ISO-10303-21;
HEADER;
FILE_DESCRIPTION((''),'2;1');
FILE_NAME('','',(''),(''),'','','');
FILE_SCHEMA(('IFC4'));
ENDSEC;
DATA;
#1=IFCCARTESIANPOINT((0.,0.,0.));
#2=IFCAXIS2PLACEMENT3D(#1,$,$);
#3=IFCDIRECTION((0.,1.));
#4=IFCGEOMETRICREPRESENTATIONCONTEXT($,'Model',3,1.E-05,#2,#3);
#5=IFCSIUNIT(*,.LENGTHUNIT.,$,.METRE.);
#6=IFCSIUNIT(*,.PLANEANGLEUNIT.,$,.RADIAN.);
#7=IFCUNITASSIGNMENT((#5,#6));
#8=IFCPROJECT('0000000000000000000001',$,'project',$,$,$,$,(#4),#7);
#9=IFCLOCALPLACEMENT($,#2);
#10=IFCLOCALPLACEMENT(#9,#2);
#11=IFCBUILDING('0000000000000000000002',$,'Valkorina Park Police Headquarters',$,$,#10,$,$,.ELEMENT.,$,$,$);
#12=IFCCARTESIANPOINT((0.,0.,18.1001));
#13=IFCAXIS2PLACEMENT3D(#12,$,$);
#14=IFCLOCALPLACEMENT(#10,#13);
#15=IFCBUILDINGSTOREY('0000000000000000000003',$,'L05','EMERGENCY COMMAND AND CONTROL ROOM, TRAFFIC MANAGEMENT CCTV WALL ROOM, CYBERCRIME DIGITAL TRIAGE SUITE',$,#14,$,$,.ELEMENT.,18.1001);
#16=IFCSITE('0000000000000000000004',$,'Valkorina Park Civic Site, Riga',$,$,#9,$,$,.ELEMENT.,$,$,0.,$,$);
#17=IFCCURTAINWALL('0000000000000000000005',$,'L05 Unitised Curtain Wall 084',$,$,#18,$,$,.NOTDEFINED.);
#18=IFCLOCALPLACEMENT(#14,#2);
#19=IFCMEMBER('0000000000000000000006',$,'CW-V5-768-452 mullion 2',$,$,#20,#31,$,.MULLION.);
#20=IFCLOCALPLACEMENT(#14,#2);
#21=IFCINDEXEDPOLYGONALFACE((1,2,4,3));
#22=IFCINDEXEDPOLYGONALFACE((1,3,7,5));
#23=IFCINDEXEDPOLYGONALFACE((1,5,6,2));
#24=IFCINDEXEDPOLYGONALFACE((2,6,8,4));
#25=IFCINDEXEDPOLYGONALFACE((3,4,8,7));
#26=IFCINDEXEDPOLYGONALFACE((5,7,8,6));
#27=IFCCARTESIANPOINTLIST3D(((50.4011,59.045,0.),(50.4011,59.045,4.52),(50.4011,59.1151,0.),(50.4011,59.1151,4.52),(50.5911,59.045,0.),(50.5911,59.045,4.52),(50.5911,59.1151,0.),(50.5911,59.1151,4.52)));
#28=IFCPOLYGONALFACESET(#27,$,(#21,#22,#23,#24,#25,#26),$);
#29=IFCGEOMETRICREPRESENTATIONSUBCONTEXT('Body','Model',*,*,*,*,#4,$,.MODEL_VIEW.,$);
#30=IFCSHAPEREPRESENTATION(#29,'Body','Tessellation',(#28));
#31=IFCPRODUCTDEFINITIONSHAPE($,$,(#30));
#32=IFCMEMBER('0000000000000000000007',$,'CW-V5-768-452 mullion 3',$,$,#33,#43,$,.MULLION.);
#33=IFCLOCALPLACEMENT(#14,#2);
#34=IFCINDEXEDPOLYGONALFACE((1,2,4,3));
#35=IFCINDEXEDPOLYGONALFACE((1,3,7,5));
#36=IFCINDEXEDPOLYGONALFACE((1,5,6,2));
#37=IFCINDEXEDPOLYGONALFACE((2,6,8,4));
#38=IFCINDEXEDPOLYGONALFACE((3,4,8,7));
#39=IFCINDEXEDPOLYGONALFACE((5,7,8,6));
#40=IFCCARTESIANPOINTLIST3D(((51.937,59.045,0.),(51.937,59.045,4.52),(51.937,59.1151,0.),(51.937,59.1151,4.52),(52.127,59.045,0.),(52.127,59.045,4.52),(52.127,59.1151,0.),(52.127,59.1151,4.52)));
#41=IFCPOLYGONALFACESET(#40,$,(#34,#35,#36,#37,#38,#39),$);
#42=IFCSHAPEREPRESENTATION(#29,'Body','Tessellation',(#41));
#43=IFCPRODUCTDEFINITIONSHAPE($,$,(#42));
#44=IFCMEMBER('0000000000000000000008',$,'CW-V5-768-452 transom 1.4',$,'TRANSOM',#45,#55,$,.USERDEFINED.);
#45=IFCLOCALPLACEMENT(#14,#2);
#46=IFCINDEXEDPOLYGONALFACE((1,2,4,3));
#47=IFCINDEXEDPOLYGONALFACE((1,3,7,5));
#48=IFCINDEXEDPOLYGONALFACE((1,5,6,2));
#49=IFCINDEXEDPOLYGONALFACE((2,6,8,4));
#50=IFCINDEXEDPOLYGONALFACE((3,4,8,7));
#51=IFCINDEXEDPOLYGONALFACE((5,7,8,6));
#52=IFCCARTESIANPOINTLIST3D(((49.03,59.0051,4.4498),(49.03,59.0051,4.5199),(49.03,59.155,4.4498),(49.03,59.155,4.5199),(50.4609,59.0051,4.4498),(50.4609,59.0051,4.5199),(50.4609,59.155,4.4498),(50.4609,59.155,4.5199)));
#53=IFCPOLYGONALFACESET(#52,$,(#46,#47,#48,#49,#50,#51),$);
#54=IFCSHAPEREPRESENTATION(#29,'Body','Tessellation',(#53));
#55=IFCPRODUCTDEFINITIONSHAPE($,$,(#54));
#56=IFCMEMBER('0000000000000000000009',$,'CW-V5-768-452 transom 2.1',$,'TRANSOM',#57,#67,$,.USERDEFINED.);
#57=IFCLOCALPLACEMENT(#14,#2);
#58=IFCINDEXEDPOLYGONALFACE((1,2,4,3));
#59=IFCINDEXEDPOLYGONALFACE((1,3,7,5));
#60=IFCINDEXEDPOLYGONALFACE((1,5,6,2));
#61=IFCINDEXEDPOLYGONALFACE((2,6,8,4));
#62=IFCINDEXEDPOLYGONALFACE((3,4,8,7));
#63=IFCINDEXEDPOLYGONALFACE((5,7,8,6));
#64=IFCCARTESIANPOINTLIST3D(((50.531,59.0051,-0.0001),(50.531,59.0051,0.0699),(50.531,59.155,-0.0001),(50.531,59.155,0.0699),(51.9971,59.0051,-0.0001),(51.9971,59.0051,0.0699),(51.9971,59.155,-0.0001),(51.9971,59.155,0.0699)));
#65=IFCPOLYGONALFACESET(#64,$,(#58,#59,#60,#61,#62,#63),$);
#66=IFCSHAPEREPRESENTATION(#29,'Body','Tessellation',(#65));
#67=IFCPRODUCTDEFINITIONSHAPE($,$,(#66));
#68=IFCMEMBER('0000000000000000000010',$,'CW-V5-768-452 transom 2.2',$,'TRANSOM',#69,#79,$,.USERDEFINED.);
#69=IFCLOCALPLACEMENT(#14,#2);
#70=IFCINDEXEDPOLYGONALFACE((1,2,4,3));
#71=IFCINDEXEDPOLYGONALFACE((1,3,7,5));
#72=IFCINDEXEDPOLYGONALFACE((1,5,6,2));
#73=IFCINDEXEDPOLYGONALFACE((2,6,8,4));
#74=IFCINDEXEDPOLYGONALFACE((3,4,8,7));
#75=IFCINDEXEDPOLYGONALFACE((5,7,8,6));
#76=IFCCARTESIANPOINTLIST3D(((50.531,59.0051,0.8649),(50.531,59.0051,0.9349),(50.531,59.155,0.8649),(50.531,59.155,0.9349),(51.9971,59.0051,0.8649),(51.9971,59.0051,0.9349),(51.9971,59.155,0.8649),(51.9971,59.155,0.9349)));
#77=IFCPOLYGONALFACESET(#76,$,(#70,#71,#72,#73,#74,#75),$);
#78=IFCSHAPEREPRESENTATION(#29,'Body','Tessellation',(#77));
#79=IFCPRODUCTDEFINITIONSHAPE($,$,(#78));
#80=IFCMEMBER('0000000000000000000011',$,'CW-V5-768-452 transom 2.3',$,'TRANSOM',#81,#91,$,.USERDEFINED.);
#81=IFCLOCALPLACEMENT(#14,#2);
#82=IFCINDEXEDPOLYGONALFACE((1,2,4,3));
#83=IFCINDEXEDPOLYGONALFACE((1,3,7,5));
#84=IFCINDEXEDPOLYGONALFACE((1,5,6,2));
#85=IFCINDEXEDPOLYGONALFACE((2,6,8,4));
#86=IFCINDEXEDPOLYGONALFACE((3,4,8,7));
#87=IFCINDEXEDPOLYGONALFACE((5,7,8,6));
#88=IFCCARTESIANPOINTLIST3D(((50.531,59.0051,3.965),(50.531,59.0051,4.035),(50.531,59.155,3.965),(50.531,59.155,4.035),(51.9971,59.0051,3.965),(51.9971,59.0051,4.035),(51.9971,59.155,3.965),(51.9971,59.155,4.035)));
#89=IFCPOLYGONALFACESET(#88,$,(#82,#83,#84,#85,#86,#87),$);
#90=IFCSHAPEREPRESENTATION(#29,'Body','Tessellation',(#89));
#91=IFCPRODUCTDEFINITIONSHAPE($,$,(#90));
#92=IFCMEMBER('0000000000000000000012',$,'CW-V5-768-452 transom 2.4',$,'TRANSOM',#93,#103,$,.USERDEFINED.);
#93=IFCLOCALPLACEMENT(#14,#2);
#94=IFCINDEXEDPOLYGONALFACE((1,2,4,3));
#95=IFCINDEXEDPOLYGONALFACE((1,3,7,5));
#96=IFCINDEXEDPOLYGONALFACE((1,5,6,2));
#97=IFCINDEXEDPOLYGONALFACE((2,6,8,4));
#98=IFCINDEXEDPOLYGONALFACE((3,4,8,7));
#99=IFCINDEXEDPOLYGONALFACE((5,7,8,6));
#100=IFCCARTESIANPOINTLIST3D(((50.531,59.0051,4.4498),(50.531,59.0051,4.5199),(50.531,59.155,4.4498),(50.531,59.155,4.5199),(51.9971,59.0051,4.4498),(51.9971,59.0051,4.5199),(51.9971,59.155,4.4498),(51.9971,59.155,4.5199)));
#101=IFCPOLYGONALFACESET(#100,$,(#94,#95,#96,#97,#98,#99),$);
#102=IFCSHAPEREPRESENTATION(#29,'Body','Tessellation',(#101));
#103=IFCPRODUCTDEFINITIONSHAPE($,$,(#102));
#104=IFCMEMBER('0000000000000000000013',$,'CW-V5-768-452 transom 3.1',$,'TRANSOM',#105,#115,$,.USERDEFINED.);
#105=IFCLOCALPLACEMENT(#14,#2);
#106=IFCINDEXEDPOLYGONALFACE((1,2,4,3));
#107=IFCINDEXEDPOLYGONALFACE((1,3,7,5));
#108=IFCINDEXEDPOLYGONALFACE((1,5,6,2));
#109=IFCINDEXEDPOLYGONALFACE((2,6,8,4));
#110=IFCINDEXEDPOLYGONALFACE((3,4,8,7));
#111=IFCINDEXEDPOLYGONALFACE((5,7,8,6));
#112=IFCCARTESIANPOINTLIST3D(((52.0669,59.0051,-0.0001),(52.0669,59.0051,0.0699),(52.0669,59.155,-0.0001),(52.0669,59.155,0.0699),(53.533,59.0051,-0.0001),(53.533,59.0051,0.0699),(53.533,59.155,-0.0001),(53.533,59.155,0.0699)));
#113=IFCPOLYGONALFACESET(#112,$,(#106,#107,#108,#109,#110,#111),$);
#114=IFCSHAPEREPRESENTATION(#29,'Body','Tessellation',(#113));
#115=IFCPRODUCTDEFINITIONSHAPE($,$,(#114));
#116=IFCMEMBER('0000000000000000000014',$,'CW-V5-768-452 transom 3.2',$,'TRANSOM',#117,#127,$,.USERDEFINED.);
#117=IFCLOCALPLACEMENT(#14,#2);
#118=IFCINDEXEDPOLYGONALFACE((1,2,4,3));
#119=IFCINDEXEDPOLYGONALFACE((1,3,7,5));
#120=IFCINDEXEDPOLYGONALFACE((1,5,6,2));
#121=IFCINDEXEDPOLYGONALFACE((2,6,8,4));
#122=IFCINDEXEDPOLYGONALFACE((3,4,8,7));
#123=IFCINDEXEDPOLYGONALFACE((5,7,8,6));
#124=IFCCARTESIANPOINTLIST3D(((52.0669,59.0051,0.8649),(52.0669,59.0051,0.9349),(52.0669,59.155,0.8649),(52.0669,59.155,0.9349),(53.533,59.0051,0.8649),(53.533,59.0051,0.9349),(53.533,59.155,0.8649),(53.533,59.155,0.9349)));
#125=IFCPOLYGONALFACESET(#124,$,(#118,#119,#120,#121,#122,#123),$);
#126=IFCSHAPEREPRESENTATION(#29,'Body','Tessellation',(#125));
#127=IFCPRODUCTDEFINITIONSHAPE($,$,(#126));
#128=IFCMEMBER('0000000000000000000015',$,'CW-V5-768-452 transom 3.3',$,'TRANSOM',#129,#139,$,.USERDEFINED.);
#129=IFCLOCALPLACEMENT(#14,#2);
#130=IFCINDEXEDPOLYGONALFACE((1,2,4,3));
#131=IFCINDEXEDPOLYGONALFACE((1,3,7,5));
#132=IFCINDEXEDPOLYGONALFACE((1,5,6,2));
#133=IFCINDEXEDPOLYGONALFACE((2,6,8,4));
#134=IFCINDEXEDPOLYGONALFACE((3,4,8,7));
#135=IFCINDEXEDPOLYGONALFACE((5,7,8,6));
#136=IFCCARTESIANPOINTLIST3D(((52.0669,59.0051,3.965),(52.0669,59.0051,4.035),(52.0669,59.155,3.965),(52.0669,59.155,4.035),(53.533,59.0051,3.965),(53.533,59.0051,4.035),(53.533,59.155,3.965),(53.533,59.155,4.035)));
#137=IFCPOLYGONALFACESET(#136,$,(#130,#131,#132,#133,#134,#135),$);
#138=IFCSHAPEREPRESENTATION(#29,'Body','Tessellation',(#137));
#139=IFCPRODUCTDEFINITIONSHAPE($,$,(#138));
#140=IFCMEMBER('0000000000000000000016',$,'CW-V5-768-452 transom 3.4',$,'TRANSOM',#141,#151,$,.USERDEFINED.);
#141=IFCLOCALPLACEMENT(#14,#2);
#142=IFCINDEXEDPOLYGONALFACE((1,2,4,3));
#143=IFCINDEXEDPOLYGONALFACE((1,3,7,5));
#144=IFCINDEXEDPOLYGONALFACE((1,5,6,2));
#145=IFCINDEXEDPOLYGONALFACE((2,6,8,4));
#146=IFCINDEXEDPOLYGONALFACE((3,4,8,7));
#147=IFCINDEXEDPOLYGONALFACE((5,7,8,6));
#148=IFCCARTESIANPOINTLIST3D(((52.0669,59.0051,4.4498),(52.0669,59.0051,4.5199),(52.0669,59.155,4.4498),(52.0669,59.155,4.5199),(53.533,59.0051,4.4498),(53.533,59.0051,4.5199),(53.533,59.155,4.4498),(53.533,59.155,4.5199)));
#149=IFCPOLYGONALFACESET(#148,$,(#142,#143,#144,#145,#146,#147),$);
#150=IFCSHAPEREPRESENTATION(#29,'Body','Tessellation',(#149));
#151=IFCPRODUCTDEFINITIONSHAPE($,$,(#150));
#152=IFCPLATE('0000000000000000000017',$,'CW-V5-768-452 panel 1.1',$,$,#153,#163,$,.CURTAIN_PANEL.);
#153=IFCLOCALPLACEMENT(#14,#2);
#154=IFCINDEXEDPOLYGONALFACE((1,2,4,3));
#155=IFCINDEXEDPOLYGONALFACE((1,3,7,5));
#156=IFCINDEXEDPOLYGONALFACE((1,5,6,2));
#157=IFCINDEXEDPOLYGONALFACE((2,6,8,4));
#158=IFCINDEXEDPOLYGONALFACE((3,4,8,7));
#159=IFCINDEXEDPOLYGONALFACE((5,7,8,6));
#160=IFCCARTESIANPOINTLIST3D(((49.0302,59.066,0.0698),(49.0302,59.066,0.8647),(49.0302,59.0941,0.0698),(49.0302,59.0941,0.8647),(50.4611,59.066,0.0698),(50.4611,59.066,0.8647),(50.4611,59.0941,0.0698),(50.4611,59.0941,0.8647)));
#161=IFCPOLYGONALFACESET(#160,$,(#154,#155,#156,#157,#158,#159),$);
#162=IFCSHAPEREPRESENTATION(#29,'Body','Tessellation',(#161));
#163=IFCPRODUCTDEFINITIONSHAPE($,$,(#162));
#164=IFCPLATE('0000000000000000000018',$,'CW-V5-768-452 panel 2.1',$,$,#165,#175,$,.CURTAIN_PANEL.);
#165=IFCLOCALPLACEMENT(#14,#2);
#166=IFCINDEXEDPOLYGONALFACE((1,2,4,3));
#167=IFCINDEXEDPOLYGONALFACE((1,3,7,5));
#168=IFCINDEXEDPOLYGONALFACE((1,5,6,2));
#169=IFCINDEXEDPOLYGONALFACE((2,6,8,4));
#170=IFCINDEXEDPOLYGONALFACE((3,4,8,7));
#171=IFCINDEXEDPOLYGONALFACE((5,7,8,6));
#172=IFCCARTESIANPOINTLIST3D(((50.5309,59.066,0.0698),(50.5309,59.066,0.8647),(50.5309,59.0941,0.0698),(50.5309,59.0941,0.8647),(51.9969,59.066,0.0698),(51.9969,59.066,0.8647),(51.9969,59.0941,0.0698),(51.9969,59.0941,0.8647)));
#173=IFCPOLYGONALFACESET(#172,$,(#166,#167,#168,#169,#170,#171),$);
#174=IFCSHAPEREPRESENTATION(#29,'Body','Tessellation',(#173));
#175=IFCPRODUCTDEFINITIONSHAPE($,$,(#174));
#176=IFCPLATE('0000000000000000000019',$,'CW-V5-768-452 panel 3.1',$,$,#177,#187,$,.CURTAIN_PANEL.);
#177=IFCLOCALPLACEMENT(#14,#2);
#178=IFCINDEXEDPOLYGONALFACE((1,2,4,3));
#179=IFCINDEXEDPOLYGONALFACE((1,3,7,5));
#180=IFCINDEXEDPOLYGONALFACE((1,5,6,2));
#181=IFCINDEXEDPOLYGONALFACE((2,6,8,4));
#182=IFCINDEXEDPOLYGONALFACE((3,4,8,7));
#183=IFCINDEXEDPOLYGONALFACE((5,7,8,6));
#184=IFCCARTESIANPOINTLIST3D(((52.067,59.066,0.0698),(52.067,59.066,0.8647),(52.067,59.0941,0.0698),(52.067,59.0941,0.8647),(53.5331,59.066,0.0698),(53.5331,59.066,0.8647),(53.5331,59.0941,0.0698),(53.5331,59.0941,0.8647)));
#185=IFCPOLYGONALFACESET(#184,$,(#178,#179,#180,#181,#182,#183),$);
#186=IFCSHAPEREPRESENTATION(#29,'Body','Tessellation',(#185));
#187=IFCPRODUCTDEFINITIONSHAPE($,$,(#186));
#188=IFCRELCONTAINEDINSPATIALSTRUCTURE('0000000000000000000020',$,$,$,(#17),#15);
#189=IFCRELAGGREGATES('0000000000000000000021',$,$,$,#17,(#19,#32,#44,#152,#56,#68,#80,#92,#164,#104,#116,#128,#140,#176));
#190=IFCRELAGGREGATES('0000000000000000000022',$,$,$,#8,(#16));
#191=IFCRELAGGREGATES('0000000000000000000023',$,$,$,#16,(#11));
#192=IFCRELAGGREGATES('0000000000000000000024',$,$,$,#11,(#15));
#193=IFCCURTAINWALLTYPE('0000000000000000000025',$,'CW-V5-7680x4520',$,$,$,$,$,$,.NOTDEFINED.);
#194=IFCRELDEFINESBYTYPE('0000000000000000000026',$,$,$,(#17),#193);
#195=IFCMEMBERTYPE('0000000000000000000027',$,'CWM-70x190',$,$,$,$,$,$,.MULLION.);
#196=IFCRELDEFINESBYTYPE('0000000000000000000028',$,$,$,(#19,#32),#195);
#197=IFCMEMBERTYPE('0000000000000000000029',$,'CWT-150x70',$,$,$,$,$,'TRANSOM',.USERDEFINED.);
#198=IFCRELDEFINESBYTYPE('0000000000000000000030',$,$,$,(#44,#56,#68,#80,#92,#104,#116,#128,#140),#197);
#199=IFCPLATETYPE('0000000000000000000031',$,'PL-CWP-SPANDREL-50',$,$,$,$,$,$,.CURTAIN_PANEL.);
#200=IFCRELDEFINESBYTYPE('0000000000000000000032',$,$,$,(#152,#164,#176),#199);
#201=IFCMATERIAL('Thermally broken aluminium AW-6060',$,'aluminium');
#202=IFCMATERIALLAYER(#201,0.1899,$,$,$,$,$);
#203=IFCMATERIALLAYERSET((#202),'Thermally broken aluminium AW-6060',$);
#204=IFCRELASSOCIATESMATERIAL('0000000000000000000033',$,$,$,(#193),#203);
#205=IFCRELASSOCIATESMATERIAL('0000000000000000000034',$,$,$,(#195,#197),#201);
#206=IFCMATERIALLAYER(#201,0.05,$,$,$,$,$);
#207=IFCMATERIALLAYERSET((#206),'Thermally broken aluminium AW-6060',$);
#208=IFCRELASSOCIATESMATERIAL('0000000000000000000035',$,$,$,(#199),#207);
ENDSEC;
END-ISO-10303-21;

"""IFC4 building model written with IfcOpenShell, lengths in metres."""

from ifc_helpers import new_model, si_unit, direction, frame, origin, origin_2d, place, context, subcontext, project, spatial, rectangle, extrude, material, layer, layer_set, material_profile, profile_set, type_object, element, aggregate, save


model = new_model("IFC4")

# Units and contexts
model_context = context("Model", 3, precision=1e-05, world=origin(), true_north=direction((0.0, 1.0)))
body_context = subcontext(model_context, "Body", "Model", "MODEL_VIEW")
ifc_project = project(units=[si_unit("LENGTHUNIT", "METRE"), si_unit("PLANEANGLEUNIT", "RADIAN")], contexts=[model_context])

# Site, building, storey
site_placement = place(None, origin())
site = spatial("IfcSite", under=ifc_project, at=site_placement, Name="Valkorina Park Civic Site, Riga", CompositionType="ELEMENT", RefElevation=0.0)
building_placement = place(site_placement, origin())
building = spatial("IfcBuilding", under=site, at=building_placement, Name="Valkorina Park Police Headquarters", CompositionType="ELEMENT")
storey_placement = place(building_placement, frame((0.0, 0.0, 18.1001)))
storey = spatial("IfcBuildingStorey", under=building, at=storey_placement, Name="L05", Description="EMERGENCY COMMAND AND CONTROL ROOM, TRAFFIC MANAGEMENT CCTV WALL ROOM, CYBERCRIME DIGITAL TRIAGE SUITE", CompositionType="ELEMENT", Elevation=18.1001)

# Curtain wall, members, plates
ifc_material_1 = material(Name="Thermally broken aluminium AW-6060", Category="aluminium")
ifc_layer_1 = layer(ifc_material_1, 0.1899)
ifc_layer_set_1 = layer_set([ifc_layer_1], Name="Thermally broken aluminium AW-6060")
curtain_wall_type = type_object("IfcCurtainWallType", Name="CW-V5-7680x4520", PredefinedType="NOTDEFINED", material=ifc_layer_set_1)
curtain_wall_placement = place(storey_placement, origin())
curtain_wall = element("IfcCurtainWall", 1, at=curtain_wall_placement, inside=storey, type_object=curtain_wall_type, Name="L05 Unitised Curtain Wall 084", PredefinedType="NOTDEFINED")
ifc_material_profile_1 = material_profile(ifc_material_1, rectangle(XDim=0.0701, YDim=0.1899, at=origin_2d()), Name="CWM-02 70x190")
ifc_profile_set_1 = profile_set([ifc_material_profile_1], Name="Thermally broken aluminium AW-6060")
member_type_1 = type_object("IfcMemberType", Name="CWM-70x190", PredefinedType="MULLION", material=ifc_profile_set_1)
member_1_placement = place(storey_placement, frame((50.4961, 59.0801, 0.0), z_axis=(0.0, 0.0, 1.0), x_axis=(0.0, 1.0, 0.0)))
member_1 = element("IfcMember", 2, at=member_1_placement, type_object=member_type_1, Name="CW-V5-768-452 mullion 2", PredefinedType="MULLION", context=body_context, shape_type="SweptSolid", body=[
    extrude(rectangle(XDim=0.0701, YDim=0.1899, at=origin_2d()), origin(), (0.0, 0.0, 1.0), 4.52),
])
member_2_placement = place(storey_placement, frame((52.032, 59.0801, 0.0), z_axis=(0.0, 0.0, 1.0), x_axis=(0.0, 1.0, 0.0)))
member_2 = element("IfcMember", 3, at=member_2_placement, type_object=member_type_1, Name="CW-V5-768-452 mullion 3", PredefinedType="MULLION", context=body_context, shape_type="SweptSolid", body=[
    extrude(rectangle(XDim=0.0701, YDim=0.1899, at=origin_2d()), origin(), (0.0, 0.0, 1.0), 4.52),
])
ifc_material_profile_2 = material_profile(ifc_material_1, rectangle(XDim=0.1499, YDim=0.0701, at=origin_2d()), Name="CWT-02 150x70")
ifc_profile_set_2 = profile_set([ifc_material_profile_2], Name="Thermally broken aluminium AW-6060")
member_type_2 = type_object("IfcMemberType", Name="CWT-150x70", ElementType="TRANSOM", PredefinedType="USERDEFINED", material=ifc_profile_set_2)
member_3_placement = place(storey_placement, frame((49.03, 59.0801, 4.4849), z_axis=(1.0, 0.0, 0.0), x_axis=(0.0, 1.0, 0.0)))
member_3 = element("IfcMember", 4, at=member_3_placement, type_object=member_type_2, Name="CW-V5-768-452 transom 1.4", ObjectType="TRANSOM", PredefinedType="USERDEFINED", context=body_context, shape_type="SweptSolid", body=[
    extrude(rectangle(XDim=0.1499, YDim=0.0701, at=origin_2d()), origin(), (0.0, 0.0, 1.0), 1.4309),
])
member_4_placement = place(storey_placement, frame((50.531, 59.0801, 0.0349), z_axis=(1.0, 0.0, 0.0), x_axis=(0.0, 1.0, 0.0)))
member_4 = element("IfcMember", 5, at=member_4_placement, type_object=member_type_2, Name="CW-V5-768-452 transom 2.1", ObjectType="TRANSOM", PredefinedType="USERDEFINED", context=body_context, shape_type="SweptSolid", body=[
    extrude(rectangle(XDim=0.1499, YDim=0.0701, at=origin_2d()), origin(), (0.0, 0.0, 1.0), 1.4661),
])
member_5_placement = place(storey_placement, frame((50.531, 59.0801, 0.8999), z_axis=(1.0, 0.0, 0.0), x_axis=(0.0, 1.0, 0.0)))
member_5 = element("IfcMember", 6, at=member_5_placement, type_object=member_type_2, Name="CW-V5-768-452 transom 2.2", ObjectType="TRANSOM", PredefinedType="USERDEFINED", context=body_context, shape_type="SweptSolid", body=[
    extrude(rectangle(XDim=0.1499, YDim=0.0701, at=origin_2d()), origin(), (0.0, 0.0, 1.0), 1.4661),
])
member_6_placement = place(storey_placement, frame((50.531, 59.0801, 4.0), z_axis=(1.0, 0.0, 0.0), x_axis=(0.0, 1.0, 0.0)))
member_6 = element("IfcMember", 7, at=member_6_placement, type_object=member_type_2, Name="CW-V5-768-452 transom 2.3", ObjectType="TRANSOM", PredefinedType="USERDEFINED", context=body_context, shape_type="SweptSolid", body=[
    extrude(rectangle(XDim=0.1499, YDim=0.0701, at=origin_2d()), origin(), (0.0, 0.0, 1.0), 1.4661),
])
member_7_placement = place(storey_placement, frame((50.531, 59.0801, 4.4849), z_axis=(1.0, 0.0, 0.0), x_axis=(0.0, 1.0, 0.0)))
member_7 = element("IfcMember", 8, at=member_7_placement, type_object=member_type_2, Name="CW-V5-768-452 transom 2.4", ObjectType="TRANSOM", PredefinedType="USERDEFINED", context=body_context, shape_type="SweptSolid", body=[
    extrude(rectangle(XDim=0.1499, YDim=0.0701, at=origin_2d()), origin(), (0.0, 0.0, 1.0), 1.4661),
])
member_8_placement = place(storey_placement, frame((52.0669, 59.0801, 0.0349), z_axis=(1.0, 0.0, 0.0), x_axis=(0.0, 1.0, 0.0)))
member_8 = element("IfcMember", 9, at=member_8_placement, type_object=member_type_2, Name="CW-V5-768-452 transom 3.1", ObjectType="TRANSOM", PredefinedType="USERDEFINED", context=body_context, shape_type="SweptSolid", body=[
    extrude(rectangle(XDim=0.1499, YDim=0.0701, at=origin_2d()), origin(), (0.0, 0.0, 1.0), 1.4661),
])
member_9_placement = place(storey_placement, frame((52.0669, 59.0801, 0.8999), z_axis=(1.0, 0.0, 0.0), x_axis=(0.0, 1.0, 0.0)))
member_9 = element("IfcMember", 10, at=member_9_placement, type_object=member_type_2, Name="CW-V5-768-452 transom 3.2", ObjectType="TRANSOM", PredefinedType="USERDEFINED", context=body_context, shape_type="SweptSolid", body=[
    extrude(rectangle(XDim=0.1499, YDim=0.0701, at=origin_2d()), origin(), (0.0, 0.0, 1.0), 1.4661),
])
member_10_placement = place(storey_placement, frame((52.0669, 59.0801, 4.0), z_axis=(1.0, 0.0, 0.0), x_axis=(0.0, 1.0, 0.0)))
member_10 = element("IfcMember", 11, at=member_10_placement, type_object=member_type_2, Name="CW-V5-768-452 transom 3.3", ObjectType="TRANSOM", PredefinedType="USERDEFINED", context=body_context, shape_type="SweptSolid", body=[
    extrude(rectangle(XDim=0.1499, YDim=0.0701, at=origin_2d()), origin(), (0.0, 0.0, 1.0), 1.4661),
])
member_11_placement = place(storey_placement, frame((52.0669, 59.0801, 4.4849), z_axis=(1.0, 0.0, 0.0), x_axis=(0.0, 1.0, 0.0)))
member_11 = element("IfcMember", 12, at=member_11_placement, type_object=member_type_2, Name="CW-V5-768-452 transom 3.4", ObjectType="TRANSOM", PredefinedType="USERDEFINED", context=body_context, shape_type="SweptSolid", body=[
    extrude(rectangle(XDim=0.1499, YDim=0.0701, at=origin_2d()), origin(), (0.0, 0.0, 1.0), 1.4661),
])
ifc_layer_2 = layer(ifc_material_1, 0.05)
ifc_layer_set_2 = layer_set([ifc_layer_2], Name="Thermally broken aluminium AW-6060")
plate_type_1 = type_object("IfcPlateType", Name="PL-CWP-SPANDREL-50", PredefinedType="CURTAIN_PANEL", material=ifc_layer_set_2)
plate_1_placement = place(storey_placement, frame((49.7456, 59.0801, 0.0698), z_axis=(0.0, 0.0, 1.0), x_axis=(1.0, 0.0, 0.0)))
plate_1 = element("IfcPlate", 13, at=plate_1_placement, type_object=plate_type_1, Name="CW-V5-768-452 panel 1.1", PredefinedType="CURTAIN_PANEL", context=body_context, shape_type="SweptSolid", body=[
    extrude(rectangle(XDim=1.4309, YDim=0.0281, at=origin_2d()), origin(), (0.0, 0.0, 1.0), 0.7949),
])
plate_2_placement = place(storey_placement, frame((51.2639, 59.0801, 0.0698), z_axis=(0.0, 0.0, 1.0), x_axis=(1.0, 0.0, 0.0)))
plate_2 = element("IfcPlate", 14, at=plate_2_placement, type_object=plate_type_1, Name="CW-V5-768-452 panel 2.1", PredefinedType="CURTAIN_PANEL", context=body_context, shape_type="SweptSolid", body=[
    extrude(rectangle(XDim=1.4661, YDim=0.0281, at=origin_2d()), origin(), (0.0, 0.0, 1.0), 0.7949),
])
plate_3_placement = place(storey_placement, frame((52.8, 59.0801, 0.0698), z_axis=(0.0, 0.0, 1.0), x_axis=(1.0, 0.0, 0.0)))
plate_3 = element("IfcPlate", 15, at=plate_3_placement, type_object=plate_type_1, Name="CW-V5-768-452 panel 3.1", PredefinedType="CURTAIN_PANEL", context=body_context, shape_type="SweptSolid", body=[
    extrude(rectangle(XDim=1.4661, YDim=0.0281, at=origin_2d()), origin(), (0.0, 0.0, 1.0), 0.7949),
])
aggregate(curtain_wall, [member_1, member_2, member_3, plate_1, member_4, member_5, member_6, member_7, plate_2, member_8, member_9, member_10, member_11, plate_3])

save(model, "model.ifc")
